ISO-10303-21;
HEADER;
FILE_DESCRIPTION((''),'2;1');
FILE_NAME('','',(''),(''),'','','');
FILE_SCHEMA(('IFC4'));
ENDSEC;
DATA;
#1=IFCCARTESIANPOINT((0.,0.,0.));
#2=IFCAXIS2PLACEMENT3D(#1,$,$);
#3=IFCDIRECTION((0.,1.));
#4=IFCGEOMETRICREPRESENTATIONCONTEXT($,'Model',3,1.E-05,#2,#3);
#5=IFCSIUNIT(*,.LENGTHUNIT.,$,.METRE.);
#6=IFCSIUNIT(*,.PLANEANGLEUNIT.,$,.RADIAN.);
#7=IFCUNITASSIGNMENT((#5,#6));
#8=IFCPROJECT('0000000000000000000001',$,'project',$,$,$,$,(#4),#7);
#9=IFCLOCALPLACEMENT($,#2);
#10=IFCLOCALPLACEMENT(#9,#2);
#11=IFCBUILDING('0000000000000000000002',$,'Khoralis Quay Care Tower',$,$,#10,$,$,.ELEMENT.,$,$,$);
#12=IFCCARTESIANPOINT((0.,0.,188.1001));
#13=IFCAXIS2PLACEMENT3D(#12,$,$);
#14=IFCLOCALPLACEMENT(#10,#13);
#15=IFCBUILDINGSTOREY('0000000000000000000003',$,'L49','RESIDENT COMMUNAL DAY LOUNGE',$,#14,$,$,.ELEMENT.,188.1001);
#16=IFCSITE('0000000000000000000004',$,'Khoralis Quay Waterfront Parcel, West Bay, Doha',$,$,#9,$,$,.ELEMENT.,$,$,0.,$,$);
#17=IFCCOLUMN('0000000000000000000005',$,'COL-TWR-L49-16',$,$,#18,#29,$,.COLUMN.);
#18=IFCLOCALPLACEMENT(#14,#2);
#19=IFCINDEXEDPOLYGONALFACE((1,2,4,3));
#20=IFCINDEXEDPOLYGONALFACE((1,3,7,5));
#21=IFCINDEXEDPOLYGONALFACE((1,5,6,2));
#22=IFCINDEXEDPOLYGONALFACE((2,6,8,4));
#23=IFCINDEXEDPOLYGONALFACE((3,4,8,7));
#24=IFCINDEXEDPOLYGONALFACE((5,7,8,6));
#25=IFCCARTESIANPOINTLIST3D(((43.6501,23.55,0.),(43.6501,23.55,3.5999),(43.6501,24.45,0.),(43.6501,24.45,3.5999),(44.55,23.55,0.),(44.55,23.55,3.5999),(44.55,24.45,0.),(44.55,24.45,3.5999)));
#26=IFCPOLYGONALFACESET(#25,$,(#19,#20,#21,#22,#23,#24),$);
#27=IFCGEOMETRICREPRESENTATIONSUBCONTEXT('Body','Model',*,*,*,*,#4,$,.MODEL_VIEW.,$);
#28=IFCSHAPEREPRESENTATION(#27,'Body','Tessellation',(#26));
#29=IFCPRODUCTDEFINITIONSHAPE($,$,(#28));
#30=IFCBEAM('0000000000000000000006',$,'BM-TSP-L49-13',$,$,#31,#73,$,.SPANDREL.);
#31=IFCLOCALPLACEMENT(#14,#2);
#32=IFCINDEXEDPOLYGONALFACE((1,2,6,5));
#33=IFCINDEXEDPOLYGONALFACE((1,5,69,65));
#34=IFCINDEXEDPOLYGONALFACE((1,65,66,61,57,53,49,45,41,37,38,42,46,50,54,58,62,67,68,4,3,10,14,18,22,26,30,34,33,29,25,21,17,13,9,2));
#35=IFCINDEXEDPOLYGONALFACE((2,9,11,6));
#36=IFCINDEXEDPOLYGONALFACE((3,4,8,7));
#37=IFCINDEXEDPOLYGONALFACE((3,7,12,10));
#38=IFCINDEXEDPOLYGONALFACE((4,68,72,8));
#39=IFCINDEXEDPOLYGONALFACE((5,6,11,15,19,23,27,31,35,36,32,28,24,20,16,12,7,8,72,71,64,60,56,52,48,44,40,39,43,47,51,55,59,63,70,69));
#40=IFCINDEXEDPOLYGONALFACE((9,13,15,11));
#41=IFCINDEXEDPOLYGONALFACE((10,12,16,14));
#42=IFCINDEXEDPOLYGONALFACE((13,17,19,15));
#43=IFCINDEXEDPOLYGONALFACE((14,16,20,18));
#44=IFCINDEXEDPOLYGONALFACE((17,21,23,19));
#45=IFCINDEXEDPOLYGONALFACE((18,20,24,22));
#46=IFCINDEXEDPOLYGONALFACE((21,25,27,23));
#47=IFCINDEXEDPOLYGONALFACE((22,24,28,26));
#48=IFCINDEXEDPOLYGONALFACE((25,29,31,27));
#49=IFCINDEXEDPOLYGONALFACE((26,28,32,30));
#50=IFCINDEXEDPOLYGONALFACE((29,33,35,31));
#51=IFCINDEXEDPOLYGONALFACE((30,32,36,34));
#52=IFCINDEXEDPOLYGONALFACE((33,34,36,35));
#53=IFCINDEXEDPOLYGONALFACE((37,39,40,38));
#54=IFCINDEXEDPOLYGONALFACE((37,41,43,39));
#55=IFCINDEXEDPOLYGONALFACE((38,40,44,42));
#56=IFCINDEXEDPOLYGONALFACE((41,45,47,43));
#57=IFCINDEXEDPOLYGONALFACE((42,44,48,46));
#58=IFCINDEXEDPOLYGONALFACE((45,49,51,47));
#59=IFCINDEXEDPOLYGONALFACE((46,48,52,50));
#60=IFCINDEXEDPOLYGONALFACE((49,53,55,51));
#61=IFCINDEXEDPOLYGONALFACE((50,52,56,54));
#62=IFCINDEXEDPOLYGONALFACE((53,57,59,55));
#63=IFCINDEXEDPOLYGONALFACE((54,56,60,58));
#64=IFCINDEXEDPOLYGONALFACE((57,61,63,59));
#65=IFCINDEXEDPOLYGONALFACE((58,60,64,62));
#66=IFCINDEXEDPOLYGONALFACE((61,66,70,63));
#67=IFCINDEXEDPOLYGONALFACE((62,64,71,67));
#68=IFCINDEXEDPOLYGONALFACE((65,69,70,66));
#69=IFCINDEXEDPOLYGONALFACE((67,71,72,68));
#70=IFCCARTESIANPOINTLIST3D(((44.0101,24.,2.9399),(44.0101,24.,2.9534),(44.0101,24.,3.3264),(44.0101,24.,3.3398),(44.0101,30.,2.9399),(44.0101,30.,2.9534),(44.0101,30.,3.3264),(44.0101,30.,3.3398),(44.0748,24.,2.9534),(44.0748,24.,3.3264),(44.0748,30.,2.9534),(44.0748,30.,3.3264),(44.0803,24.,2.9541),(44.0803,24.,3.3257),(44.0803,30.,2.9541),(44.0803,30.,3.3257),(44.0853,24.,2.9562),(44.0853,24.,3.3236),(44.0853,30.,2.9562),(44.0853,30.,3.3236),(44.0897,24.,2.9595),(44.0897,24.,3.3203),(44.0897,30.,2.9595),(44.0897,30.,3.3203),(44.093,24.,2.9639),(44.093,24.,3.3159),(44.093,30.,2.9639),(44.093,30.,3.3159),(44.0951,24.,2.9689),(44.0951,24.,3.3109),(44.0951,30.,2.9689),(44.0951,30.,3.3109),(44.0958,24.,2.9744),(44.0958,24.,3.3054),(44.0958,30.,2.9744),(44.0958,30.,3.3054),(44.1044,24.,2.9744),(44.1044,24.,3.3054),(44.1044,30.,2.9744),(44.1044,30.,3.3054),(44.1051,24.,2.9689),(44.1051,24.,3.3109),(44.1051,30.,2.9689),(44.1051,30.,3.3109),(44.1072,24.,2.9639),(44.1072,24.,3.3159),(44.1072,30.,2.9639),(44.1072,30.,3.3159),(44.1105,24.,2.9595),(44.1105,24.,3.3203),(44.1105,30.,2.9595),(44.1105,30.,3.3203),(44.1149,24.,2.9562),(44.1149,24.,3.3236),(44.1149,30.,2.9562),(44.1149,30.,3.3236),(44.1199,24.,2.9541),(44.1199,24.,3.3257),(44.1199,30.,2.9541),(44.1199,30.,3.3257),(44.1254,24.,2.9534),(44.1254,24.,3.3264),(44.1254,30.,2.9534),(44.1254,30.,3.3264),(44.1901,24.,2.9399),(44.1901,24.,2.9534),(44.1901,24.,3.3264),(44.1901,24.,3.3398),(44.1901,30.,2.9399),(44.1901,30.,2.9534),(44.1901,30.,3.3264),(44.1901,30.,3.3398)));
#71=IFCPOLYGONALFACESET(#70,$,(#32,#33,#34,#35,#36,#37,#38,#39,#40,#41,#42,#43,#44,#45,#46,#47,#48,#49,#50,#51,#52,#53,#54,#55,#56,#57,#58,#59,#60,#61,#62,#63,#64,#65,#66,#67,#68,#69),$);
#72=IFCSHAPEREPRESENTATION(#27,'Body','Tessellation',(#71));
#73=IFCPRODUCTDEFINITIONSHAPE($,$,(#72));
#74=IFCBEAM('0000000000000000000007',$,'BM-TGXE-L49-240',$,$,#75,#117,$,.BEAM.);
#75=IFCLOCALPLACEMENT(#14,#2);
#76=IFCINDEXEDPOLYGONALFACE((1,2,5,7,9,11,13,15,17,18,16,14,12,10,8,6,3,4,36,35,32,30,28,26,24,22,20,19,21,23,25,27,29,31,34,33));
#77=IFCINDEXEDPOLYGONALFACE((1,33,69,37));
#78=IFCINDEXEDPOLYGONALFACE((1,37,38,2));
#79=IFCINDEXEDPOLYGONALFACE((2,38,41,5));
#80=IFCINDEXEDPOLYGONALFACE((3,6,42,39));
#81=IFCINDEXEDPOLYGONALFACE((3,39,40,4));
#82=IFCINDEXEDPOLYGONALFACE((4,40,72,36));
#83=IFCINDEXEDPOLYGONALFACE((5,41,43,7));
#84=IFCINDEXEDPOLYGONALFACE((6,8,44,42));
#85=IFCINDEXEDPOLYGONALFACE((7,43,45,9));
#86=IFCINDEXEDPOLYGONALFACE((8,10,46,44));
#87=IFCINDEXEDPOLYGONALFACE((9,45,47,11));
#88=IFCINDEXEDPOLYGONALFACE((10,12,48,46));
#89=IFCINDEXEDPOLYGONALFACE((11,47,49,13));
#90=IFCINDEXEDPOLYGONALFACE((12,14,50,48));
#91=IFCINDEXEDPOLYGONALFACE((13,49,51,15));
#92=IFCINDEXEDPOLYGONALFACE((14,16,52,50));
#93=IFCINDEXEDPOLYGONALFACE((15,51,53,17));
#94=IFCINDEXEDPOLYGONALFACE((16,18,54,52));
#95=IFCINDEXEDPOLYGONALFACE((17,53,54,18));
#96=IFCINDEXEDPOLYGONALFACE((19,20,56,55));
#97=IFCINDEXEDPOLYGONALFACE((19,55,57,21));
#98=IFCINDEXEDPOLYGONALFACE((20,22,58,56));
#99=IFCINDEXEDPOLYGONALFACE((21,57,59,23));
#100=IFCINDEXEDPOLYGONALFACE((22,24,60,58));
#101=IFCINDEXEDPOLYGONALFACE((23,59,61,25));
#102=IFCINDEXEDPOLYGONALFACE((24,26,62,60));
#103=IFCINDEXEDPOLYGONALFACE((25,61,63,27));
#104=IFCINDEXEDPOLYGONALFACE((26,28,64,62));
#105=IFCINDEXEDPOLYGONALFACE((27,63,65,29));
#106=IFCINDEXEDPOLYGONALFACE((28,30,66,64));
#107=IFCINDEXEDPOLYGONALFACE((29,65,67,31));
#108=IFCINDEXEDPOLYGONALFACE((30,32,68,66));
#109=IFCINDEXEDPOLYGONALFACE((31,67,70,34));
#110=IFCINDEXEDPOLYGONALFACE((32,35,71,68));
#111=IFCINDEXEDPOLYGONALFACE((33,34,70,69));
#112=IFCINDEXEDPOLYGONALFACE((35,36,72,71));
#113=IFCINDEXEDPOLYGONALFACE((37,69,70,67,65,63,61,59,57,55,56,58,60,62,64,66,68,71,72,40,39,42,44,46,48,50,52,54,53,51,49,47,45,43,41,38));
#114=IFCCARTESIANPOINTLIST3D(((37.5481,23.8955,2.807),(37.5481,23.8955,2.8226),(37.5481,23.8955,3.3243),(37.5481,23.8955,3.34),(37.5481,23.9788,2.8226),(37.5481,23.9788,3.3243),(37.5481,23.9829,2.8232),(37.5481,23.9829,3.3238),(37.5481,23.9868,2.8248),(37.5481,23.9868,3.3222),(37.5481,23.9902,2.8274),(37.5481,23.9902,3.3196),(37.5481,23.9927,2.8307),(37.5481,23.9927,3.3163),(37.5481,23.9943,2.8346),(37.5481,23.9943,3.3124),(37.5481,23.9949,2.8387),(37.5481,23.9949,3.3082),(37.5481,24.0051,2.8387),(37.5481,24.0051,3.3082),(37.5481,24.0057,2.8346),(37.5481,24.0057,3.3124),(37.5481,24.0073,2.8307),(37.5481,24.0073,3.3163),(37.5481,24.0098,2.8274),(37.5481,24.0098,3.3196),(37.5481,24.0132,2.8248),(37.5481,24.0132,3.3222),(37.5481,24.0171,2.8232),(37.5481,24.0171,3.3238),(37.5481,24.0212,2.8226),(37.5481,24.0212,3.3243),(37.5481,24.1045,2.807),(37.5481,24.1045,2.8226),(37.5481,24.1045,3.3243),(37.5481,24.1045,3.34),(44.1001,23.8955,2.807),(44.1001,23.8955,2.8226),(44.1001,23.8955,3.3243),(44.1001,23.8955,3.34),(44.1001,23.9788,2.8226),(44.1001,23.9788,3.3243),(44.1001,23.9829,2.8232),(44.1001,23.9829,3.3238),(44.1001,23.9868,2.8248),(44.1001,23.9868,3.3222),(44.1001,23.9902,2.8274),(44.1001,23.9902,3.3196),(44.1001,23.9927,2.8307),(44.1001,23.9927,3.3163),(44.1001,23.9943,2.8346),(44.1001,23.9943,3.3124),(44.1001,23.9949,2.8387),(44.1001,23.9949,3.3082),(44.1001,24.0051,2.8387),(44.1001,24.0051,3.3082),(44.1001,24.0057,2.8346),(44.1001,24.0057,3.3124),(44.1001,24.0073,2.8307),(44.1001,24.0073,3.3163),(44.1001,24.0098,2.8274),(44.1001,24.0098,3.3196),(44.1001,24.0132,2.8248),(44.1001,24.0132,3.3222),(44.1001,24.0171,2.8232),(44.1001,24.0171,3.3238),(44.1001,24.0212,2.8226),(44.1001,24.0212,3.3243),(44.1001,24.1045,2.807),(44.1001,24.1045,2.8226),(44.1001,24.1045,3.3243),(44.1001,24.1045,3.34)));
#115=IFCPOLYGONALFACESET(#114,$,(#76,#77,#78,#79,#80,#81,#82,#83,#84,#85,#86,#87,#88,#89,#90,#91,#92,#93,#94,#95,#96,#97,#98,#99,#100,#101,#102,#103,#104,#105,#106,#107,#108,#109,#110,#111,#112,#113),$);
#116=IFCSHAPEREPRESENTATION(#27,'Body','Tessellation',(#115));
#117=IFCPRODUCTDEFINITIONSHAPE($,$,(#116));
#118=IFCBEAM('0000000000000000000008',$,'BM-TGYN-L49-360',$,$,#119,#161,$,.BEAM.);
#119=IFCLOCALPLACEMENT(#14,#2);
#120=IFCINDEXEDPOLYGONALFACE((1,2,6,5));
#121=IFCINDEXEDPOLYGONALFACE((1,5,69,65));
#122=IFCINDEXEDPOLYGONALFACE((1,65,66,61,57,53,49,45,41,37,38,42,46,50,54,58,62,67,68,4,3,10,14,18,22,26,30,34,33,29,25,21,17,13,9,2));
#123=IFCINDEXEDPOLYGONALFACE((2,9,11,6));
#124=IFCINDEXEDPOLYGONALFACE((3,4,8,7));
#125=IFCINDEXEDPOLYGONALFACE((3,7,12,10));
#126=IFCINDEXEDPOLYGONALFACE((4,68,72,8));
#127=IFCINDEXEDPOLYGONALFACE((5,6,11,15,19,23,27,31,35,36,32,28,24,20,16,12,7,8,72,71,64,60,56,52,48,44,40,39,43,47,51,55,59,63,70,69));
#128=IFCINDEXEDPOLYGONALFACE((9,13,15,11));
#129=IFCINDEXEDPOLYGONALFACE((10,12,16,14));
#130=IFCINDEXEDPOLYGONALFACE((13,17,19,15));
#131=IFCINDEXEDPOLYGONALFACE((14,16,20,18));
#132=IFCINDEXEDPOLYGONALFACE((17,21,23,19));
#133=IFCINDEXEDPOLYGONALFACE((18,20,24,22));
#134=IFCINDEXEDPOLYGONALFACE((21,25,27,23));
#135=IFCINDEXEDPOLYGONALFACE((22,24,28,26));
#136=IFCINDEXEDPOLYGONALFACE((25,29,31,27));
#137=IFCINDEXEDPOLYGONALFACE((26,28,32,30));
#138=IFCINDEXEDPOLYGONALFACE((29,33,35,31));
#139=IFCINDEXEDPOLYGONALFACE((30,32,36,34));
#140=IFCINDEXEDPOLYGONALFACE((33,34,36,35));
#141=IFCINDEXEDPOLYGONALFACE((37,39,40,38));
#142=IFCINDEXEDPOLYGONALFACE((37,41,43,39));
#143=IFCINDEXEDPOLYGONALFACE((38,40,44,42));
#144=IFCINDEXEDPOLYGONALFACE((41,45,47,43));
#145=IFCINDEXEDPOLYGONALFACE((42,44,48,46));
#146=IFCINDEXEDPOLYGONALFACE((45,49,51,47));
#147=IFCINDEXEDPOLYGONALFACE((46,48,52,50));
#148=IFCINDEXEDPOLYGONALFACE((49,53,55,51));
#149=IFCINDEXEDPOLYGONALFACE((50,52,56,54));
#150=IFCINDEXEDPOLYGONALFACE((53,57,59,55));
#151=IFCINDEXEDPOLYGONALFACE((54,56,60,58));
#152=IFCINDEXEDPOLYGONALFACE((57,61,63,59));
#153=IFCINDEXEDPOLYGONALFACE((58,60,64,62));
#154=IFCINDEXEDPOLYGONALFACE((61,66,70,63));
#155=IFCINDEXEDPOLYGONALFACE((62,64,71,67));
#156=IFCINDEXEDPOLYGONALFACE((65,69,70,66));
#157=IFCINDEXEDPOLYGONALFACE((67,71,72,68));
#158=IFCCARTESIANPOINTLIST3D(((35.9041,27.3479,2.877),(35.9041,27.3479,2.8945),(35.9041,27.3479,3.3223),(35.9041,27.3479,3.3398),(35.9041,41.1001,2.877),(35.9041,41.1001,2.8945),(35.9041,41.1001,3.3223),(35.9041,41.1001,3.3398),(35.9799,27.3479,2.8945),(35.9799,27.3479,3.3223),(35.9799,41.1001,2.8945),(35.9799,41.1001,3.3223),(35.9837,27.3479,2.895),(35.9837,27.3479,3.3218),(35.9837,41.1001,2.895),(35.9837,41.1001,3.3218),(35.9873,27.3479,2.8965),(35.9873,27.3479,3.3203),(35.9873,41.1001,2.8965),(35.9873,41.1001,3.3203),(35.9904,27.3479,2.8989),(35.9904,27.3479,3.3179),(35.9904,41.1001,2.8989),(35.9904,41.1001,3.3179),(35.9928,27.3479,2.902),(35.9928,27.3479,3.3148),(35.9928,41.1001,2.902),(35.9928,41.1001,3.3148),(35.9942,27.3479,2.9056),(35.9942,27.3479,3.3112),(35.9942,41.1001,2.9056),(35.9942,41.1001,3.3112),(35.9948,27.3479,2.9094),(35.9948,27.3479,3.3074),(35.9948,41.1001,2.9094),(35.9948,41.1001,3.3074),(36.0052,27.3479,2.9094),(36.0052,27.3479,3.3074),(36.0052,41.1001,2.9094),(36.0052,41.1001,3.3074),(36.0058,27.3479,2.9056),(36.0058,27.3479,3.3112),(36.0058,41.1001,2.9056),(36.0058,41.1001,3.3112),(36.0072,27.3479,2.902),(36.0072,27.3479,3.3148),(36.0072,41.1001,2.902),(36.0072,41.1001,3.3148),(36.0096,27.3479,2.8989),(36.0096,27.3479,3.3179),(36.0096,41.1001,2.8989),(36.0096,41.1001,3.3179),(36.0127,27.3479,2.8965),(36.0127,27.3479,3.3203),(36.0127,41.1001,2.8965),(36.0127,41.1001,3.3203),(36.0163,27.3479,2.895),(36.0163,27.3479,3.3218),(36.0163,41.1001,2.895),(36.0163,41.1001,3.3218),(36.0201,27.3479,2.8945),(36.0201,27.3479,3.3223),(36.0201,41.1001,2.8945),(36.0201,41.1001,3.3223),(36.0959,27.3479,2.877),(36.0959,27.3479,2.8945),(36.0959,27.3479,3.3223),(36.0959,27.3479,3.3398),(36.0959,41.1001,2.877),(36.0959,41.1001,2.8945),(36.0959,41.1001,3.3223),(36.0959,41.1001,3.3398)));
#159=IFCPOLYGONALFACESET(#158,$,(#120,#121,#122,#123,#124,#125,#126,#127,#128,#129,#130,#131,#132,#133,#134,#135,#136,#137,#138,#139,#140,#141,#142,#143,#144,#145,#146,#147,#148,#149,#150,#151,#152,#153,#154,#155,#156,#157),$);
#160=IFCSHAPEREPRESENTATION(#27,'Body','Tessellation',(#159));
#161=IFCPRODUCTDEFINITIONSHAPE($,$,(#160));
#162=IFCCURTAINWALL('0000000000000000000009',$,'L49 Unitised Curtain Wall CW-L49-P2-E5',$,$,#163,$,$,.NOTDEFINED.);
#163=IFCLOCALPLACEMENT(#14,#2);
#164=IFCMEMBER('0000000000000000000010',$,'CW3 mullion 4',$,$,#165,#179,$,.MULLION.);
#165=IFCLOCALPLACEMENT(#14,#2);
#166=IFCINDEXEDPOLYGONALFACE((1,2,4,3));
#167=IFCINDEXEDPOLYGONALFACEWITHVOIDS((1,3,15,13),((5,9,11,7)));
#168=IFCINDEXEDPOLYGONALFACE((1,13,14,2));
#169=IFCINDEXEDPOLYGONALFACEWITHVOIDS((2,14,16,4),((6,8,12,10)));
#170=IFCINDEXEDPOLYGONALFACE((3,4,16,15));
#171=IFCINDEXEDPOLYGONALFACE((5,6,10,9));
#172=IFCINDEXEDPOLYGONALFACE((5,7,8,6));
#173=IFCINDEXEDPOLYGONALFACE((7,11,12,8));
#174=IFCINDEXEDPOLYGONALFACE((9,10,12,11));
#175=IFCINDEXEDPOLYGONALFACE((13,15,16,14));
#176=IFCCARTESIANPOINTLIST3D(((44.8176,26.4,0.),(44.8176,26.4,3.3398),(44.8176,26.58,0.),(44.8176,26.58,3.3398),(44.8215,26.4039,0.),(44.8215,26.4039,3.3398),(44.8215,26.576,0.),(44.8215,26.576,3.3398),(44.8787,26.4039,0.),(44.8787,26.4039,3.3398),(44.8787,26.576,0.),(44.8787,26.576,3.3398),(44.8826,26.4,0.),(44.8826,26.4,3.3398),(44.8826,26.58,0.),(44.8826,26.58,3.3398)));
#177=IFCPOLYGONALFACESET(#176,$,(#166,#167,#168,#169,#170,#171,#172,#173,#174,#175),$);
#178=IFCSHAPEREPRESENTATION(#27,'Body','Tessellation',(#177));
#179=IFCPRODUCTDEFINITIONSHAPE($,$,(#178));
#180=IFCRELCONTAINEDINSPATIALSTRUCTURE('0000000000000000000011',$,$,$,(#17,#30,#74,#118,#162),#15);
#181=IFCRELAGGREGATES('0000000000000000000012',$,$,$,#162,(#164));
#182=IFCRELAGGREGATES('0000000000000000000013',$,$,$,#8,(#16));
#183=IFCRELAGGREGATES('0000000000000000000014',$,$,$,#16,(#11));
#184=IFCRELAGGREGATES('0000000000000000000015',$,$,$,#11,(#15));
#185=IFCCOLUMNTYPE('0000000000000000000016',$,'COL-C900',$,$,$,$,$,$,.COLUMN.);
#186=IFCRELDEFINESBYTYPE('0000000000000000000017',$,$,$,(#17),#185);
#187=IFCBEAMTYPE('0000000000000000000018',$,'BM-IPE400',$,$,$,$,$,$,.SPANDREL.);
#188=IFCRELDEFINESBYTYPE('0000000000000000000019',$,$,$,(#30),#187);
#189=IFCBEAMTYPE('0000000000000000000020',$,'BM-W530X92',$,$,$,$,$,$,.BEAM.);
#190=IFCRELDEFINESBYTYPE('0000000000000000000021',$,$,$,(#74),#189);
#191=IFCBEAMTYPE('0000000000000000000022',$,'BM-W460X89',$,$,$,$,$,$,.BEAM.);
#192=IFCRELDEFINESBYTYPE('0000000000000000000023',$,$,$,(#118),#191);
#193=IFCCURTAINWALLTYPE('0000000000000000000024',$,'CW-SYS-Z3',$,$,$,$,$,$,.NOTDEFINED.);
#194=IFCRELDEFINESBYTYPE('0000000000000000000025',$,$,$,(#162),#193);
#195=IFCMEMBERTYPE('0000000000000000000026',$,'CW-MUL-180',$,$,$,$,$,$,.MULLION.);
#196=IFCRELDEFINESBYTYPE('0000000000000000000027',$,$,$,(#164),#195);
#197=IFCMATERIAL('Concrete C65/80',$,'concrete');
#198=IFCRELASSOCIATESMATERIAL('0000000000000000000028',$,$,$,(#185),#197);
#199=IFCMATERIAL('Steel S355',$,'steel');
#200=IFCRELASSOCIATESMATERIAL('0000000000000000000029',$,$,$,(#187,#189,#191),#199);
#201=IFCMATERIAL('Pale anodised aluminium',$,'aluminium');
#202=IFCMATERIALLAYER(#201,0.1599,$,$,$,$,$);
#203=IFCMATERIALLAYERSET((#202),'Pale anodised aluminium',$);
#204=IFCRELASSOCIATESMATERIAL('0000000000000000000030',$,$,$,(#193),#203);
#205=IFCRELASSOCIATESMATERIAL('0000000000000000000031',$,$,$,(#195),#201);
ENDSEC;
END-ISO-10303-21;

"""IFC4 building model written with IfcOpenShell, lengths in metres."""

from ifc_helpers import new_model, si_unit, direction, frame, origin, origin_2d, place, context, subcontext, project, spatial, rectangle, hollow_rectangle, i_section, extrude, source, transform, mapped, material, layer, layer_set, material_profile, profile_set, type_object, element, aggregate, save


model = new_model("IFC4")

# Units and contexts
model_context = context("Model", 3, precision=1e-05, world=origin(), true_north=direction((0.0, 1.0)))
body_context = subcontext(model_context, "Body", "Model", "MODEL_VIEW")
ifc_project = project(units=[si_unit("LENGTHUNIT", "METRE"), si_unit("PLANEANGLEUNIT", "RADIAN")], contexts=[model_context])

# Site, building, storey
site_placement = place(None, origin())
site = spatial("IfcSite", under=ifc_project, at=site_placement, Name="Khoralis Quay Waterfront Parcel, West Bay, Doha", CompositionType="ELEMENT", RefElevation=0.0)
building_placement = place(site_placement, origin())
building = spatial("IfcBuilding", under=site, at=building_placement, Name="Khoralis Quay Care Tower", CompositionType="ELEMENT")
storey_placement = place(building_placement, frame((0.0, 0.0, 188.1001)))
storey = spatial("IfcBuildingStorey", under=building, at=storey_placement, Name="L49", Description="RESIDENT COMMUNAL DAY LOUNGE", CompositionType="ELEMENT", Elevation=188.1001)

# Column
ifc_material_1 = material(Name="Concrete C65/80", Category="concrete")
ifc_material_profile_1 = material_profile(ifc_material_1, rectangle(XDim=0.8999, YDim=0.8999, at=origin_2d()), Name="Concrete C65/80")
ifc_profile_set_1 = profile_set([ifc_material_profile_1], Name="Concrete C65/80")
column_type = type_object("IfcColumnType", Name="COL-C900", PredefinedType="COLUMN", material=ifc_profile_set_1)
shared_shape_1 = source(origin(), body_context, "Body", "SweptSolid", [
    extrude(rectangle(XDim=0.8999, YDim=0.8999, at=origin_2d()), origin(), (0.0, 0.0, 1.0), 3.5999),
])
column_placement = place(storey_placement, frame((44.1001, 24.0, 0.0), z_axis=(0.0, 0.0, 1.0), x_axis=(1.0, 0.0, 0.0)))
element("IfcColumn", 1, at=column_placement, inside=storey, type_object=column_type, Name="COL-TWR-L49-16", PredefinedType="COLUMN", context=body_context, shape_type="MappedRepresentation", body=[
    mapped(shared_shape_1, transform((0.0, 0.0, 0.0), scale=1.0)),
])

# Beams
ifc_material_2 = material(Name="Steel S355", Category="steel")
ifc_material_profile_2 = material_profile(ifc_material_2, i_section(OverallWidth=0.1799, OverallDepth=0.3999, WebThickness=0.0085, FlangeThickness=0.0134, FilletRadius=0.021, at=origin_2d()), Name="Steel S355")
ifc_profile_set_2 = profile_set([ifc_material_profile_2], Name="Steel S355")
beam_type_1 = type_object("IfcBeamType", Name="BM-IPE400", PredefinedType="SPANDREL", material=ifc_profile_set_2)
shared_shape_2 = source(origin(), body_context, "Body", "SweptSolid", [
    extrude(i_section(OverallWidth=0.1799, OverallDepth=0.3999, WebThickness=0.0085, FlangeThickness=0.0134, FilletRadius=0.021, at=origin_2d()), origin(), (0.0, 0.0, 1.0), 6.0),
])
beam_1_placement = place(storey_placement, frame((44.1001, 24.0, 3.1399), z_axis=(0.0, 1.0, 0.0), x_axis=(-1.0, 0.0, 0.0)))
element("IfcBeam", 2, at=beam_1_placement, inside=storey, type_object=beam_type_1, Name="BM-TSP-L49-13", PredefinedType="SPANDREL", context=body_context, shape_type="MappedRepresentation", body=[
    mapped(shared_shape_2, transform((0.0, 0.0, 0.0), scale=1.0)),
])
ifc_material_profile_3 = material_profile(ifc_material_2, i_section(OverallWidth=0.209, OverallDepth=0.533, WebThickness=0.0103, FlangeThickness=0.0156, FilletRadius=0.0161, at=origin_2d()), Name="Steel S355")
ifc_profile_set_3 = profile_set([ifc_material_profile_3], Name="Steel S355")
beam_type_2 = type_object("IfcBeamType", Name="BM-W530X92", PredefinedType="BEAM", material=ifc_profile_set_3)
shared_shape_3 = source(origin(), body_context, "Body", "SweptSolid", [
    extrude(i_section(OverallWidth=0.209, OverallDepth=0.533, WebThickness=0.0103, FlangeThickness=0.0156, FilletRadius=0.0161, at=origin_2d()), origin(), (0.0, 0.0, 1.0), 6.552),
])
beam_2_placement = place(storey_placement, frame((37.5481, 24.0, 3.0735), z_axis=(1.0, 0.0, 0.0), x_axis=(0.0, 1.0, 0.0)))
element("IfcBeam", 3, at=beam_2_placement, inside=storey, type_object=beam_type_2, Name="BM-TGXE-L49-240", PredefinedType="BEAM", context=body_context, shape_type="MappedRepresentation", body=[
    mapped(shared_shape_3, transform((0.0, 0.0, 0.0), scale=1.0)),
])
ifc_material_profile_4 = material_profile(ifc_material_2, i_section(OverallWidth=0.1919, OverallDepth=0.4629, WebThickness=0.0105, FlangeThickness=0.0176, FilletRadius=0.0149, at=origin_2d()), Name="Steel S355")
ifc_profile_set_4 = profile_set([ifc_material_profile_4], Name="Steel S355")
beam_type_3 = type_object("IfcBeamType", Name="BM-W460X89", PredefinedType="BEAM", material=ifc_profile_set_4)
shared_shape_4 = source(origin(), body_context, "Body", "SweptSolid", [
    extrude(i_section(OverallWidth=0.1919, OverallDepth=0.4629, WebThickness=0.0105, FlangeThickness=0.0176, FilletRadius=0.0149, at=origin_2d()), origin(), (0.0, 0.0, 1.0), 13.7522),
])
beam_3_placement = place(storey_placement, frame((36.0, 27.3479, 3.1084), z_axis=(0.0, 1.0, 0.0), x_axis=(-1.0, 0.0, 0.0)))
element("IfcBeam", 4, at=beam_3_placement, inside=storey, type_object=beam_type_3, Name="BM-TGYN-L49-360", PredefinedType="BEAM", context=body_context, shape_type="MappedRepresentation", body=[
    mapped(shared_shape_4, transform((0.0, 0.0, 0.0), scale=1.0)),
])

# Curtain wall, member
ifc_material_3 = material(Name="Pale anodised aluminium", Category="aluminium")
ifc_layer_1 = layer(ifc_material_3, 0.1599)
ifc_layer_set_1 = layer_set([ifc_layer_1], Name="Pale anodised aluminium")
curtain_wall_type = type_object("IfcCurtainWallType", Name="CW-SYS-Z3", PredefinedType="NOTDEFINED", material=ifc_layer_set_1)
curtain_wall_placement = place(storey_placement, origin())
curtain_wall = element("IfcCurtainWall", 5, at=curtain_wall_placement, inside=storey, type_object=curtain_wall_type, Name="L49 Unitised Curtain Wall CW-L49-P2-E5", PredefinedType="NOTDEFINED")
ifc_material_profile_5 = material_profile(ifc_material_3, hollow_rectangle(XDim=0.0649, YDim=0.1799, WallThickness=0.0039, at=origin_2d()), Name="Pale anodised aluminium")
ifc_profile_set_5 = profile_set([ifc_material_profile_5], Name="Pale anodised aluminium")
member_type_1 = type_object("IfcMemberType", Name="CW-MUL-180", PredefinedType="MULLION", material=ifc_profile_set_5)
shared_shape_5 = source(origin(), body_context, "Body", "SweptSolid", [
    extrude(hollow_rectangle(XDim=0.0649, YDim=0.1799, WallThickness=0.0039, at=origin_2d()), origin(), (0.0, 0.0, 1.0), 3.3398),
])
member_1_placement = place(storey_placement, frame((44.8501, 26.49, 0.0), z_axis=(0.0, 0.0, 1.0), x_axis=(-1.0, 0.0, 0.0)))
member_1 = element("IfcMember", 6, at=member_1_placement, type_object=member_type_1, Name="CW3 mullion 4", PredefinedType="MULLION", context=body_context, shape_type="MappedRepresentation", body=[
    mapped(shared_shape_5, transform((0.0, 0.0, 0.0), scale=1.0)),
])
aggregate(curtain_wall, [member_1])

save(model, "model.ifc")
